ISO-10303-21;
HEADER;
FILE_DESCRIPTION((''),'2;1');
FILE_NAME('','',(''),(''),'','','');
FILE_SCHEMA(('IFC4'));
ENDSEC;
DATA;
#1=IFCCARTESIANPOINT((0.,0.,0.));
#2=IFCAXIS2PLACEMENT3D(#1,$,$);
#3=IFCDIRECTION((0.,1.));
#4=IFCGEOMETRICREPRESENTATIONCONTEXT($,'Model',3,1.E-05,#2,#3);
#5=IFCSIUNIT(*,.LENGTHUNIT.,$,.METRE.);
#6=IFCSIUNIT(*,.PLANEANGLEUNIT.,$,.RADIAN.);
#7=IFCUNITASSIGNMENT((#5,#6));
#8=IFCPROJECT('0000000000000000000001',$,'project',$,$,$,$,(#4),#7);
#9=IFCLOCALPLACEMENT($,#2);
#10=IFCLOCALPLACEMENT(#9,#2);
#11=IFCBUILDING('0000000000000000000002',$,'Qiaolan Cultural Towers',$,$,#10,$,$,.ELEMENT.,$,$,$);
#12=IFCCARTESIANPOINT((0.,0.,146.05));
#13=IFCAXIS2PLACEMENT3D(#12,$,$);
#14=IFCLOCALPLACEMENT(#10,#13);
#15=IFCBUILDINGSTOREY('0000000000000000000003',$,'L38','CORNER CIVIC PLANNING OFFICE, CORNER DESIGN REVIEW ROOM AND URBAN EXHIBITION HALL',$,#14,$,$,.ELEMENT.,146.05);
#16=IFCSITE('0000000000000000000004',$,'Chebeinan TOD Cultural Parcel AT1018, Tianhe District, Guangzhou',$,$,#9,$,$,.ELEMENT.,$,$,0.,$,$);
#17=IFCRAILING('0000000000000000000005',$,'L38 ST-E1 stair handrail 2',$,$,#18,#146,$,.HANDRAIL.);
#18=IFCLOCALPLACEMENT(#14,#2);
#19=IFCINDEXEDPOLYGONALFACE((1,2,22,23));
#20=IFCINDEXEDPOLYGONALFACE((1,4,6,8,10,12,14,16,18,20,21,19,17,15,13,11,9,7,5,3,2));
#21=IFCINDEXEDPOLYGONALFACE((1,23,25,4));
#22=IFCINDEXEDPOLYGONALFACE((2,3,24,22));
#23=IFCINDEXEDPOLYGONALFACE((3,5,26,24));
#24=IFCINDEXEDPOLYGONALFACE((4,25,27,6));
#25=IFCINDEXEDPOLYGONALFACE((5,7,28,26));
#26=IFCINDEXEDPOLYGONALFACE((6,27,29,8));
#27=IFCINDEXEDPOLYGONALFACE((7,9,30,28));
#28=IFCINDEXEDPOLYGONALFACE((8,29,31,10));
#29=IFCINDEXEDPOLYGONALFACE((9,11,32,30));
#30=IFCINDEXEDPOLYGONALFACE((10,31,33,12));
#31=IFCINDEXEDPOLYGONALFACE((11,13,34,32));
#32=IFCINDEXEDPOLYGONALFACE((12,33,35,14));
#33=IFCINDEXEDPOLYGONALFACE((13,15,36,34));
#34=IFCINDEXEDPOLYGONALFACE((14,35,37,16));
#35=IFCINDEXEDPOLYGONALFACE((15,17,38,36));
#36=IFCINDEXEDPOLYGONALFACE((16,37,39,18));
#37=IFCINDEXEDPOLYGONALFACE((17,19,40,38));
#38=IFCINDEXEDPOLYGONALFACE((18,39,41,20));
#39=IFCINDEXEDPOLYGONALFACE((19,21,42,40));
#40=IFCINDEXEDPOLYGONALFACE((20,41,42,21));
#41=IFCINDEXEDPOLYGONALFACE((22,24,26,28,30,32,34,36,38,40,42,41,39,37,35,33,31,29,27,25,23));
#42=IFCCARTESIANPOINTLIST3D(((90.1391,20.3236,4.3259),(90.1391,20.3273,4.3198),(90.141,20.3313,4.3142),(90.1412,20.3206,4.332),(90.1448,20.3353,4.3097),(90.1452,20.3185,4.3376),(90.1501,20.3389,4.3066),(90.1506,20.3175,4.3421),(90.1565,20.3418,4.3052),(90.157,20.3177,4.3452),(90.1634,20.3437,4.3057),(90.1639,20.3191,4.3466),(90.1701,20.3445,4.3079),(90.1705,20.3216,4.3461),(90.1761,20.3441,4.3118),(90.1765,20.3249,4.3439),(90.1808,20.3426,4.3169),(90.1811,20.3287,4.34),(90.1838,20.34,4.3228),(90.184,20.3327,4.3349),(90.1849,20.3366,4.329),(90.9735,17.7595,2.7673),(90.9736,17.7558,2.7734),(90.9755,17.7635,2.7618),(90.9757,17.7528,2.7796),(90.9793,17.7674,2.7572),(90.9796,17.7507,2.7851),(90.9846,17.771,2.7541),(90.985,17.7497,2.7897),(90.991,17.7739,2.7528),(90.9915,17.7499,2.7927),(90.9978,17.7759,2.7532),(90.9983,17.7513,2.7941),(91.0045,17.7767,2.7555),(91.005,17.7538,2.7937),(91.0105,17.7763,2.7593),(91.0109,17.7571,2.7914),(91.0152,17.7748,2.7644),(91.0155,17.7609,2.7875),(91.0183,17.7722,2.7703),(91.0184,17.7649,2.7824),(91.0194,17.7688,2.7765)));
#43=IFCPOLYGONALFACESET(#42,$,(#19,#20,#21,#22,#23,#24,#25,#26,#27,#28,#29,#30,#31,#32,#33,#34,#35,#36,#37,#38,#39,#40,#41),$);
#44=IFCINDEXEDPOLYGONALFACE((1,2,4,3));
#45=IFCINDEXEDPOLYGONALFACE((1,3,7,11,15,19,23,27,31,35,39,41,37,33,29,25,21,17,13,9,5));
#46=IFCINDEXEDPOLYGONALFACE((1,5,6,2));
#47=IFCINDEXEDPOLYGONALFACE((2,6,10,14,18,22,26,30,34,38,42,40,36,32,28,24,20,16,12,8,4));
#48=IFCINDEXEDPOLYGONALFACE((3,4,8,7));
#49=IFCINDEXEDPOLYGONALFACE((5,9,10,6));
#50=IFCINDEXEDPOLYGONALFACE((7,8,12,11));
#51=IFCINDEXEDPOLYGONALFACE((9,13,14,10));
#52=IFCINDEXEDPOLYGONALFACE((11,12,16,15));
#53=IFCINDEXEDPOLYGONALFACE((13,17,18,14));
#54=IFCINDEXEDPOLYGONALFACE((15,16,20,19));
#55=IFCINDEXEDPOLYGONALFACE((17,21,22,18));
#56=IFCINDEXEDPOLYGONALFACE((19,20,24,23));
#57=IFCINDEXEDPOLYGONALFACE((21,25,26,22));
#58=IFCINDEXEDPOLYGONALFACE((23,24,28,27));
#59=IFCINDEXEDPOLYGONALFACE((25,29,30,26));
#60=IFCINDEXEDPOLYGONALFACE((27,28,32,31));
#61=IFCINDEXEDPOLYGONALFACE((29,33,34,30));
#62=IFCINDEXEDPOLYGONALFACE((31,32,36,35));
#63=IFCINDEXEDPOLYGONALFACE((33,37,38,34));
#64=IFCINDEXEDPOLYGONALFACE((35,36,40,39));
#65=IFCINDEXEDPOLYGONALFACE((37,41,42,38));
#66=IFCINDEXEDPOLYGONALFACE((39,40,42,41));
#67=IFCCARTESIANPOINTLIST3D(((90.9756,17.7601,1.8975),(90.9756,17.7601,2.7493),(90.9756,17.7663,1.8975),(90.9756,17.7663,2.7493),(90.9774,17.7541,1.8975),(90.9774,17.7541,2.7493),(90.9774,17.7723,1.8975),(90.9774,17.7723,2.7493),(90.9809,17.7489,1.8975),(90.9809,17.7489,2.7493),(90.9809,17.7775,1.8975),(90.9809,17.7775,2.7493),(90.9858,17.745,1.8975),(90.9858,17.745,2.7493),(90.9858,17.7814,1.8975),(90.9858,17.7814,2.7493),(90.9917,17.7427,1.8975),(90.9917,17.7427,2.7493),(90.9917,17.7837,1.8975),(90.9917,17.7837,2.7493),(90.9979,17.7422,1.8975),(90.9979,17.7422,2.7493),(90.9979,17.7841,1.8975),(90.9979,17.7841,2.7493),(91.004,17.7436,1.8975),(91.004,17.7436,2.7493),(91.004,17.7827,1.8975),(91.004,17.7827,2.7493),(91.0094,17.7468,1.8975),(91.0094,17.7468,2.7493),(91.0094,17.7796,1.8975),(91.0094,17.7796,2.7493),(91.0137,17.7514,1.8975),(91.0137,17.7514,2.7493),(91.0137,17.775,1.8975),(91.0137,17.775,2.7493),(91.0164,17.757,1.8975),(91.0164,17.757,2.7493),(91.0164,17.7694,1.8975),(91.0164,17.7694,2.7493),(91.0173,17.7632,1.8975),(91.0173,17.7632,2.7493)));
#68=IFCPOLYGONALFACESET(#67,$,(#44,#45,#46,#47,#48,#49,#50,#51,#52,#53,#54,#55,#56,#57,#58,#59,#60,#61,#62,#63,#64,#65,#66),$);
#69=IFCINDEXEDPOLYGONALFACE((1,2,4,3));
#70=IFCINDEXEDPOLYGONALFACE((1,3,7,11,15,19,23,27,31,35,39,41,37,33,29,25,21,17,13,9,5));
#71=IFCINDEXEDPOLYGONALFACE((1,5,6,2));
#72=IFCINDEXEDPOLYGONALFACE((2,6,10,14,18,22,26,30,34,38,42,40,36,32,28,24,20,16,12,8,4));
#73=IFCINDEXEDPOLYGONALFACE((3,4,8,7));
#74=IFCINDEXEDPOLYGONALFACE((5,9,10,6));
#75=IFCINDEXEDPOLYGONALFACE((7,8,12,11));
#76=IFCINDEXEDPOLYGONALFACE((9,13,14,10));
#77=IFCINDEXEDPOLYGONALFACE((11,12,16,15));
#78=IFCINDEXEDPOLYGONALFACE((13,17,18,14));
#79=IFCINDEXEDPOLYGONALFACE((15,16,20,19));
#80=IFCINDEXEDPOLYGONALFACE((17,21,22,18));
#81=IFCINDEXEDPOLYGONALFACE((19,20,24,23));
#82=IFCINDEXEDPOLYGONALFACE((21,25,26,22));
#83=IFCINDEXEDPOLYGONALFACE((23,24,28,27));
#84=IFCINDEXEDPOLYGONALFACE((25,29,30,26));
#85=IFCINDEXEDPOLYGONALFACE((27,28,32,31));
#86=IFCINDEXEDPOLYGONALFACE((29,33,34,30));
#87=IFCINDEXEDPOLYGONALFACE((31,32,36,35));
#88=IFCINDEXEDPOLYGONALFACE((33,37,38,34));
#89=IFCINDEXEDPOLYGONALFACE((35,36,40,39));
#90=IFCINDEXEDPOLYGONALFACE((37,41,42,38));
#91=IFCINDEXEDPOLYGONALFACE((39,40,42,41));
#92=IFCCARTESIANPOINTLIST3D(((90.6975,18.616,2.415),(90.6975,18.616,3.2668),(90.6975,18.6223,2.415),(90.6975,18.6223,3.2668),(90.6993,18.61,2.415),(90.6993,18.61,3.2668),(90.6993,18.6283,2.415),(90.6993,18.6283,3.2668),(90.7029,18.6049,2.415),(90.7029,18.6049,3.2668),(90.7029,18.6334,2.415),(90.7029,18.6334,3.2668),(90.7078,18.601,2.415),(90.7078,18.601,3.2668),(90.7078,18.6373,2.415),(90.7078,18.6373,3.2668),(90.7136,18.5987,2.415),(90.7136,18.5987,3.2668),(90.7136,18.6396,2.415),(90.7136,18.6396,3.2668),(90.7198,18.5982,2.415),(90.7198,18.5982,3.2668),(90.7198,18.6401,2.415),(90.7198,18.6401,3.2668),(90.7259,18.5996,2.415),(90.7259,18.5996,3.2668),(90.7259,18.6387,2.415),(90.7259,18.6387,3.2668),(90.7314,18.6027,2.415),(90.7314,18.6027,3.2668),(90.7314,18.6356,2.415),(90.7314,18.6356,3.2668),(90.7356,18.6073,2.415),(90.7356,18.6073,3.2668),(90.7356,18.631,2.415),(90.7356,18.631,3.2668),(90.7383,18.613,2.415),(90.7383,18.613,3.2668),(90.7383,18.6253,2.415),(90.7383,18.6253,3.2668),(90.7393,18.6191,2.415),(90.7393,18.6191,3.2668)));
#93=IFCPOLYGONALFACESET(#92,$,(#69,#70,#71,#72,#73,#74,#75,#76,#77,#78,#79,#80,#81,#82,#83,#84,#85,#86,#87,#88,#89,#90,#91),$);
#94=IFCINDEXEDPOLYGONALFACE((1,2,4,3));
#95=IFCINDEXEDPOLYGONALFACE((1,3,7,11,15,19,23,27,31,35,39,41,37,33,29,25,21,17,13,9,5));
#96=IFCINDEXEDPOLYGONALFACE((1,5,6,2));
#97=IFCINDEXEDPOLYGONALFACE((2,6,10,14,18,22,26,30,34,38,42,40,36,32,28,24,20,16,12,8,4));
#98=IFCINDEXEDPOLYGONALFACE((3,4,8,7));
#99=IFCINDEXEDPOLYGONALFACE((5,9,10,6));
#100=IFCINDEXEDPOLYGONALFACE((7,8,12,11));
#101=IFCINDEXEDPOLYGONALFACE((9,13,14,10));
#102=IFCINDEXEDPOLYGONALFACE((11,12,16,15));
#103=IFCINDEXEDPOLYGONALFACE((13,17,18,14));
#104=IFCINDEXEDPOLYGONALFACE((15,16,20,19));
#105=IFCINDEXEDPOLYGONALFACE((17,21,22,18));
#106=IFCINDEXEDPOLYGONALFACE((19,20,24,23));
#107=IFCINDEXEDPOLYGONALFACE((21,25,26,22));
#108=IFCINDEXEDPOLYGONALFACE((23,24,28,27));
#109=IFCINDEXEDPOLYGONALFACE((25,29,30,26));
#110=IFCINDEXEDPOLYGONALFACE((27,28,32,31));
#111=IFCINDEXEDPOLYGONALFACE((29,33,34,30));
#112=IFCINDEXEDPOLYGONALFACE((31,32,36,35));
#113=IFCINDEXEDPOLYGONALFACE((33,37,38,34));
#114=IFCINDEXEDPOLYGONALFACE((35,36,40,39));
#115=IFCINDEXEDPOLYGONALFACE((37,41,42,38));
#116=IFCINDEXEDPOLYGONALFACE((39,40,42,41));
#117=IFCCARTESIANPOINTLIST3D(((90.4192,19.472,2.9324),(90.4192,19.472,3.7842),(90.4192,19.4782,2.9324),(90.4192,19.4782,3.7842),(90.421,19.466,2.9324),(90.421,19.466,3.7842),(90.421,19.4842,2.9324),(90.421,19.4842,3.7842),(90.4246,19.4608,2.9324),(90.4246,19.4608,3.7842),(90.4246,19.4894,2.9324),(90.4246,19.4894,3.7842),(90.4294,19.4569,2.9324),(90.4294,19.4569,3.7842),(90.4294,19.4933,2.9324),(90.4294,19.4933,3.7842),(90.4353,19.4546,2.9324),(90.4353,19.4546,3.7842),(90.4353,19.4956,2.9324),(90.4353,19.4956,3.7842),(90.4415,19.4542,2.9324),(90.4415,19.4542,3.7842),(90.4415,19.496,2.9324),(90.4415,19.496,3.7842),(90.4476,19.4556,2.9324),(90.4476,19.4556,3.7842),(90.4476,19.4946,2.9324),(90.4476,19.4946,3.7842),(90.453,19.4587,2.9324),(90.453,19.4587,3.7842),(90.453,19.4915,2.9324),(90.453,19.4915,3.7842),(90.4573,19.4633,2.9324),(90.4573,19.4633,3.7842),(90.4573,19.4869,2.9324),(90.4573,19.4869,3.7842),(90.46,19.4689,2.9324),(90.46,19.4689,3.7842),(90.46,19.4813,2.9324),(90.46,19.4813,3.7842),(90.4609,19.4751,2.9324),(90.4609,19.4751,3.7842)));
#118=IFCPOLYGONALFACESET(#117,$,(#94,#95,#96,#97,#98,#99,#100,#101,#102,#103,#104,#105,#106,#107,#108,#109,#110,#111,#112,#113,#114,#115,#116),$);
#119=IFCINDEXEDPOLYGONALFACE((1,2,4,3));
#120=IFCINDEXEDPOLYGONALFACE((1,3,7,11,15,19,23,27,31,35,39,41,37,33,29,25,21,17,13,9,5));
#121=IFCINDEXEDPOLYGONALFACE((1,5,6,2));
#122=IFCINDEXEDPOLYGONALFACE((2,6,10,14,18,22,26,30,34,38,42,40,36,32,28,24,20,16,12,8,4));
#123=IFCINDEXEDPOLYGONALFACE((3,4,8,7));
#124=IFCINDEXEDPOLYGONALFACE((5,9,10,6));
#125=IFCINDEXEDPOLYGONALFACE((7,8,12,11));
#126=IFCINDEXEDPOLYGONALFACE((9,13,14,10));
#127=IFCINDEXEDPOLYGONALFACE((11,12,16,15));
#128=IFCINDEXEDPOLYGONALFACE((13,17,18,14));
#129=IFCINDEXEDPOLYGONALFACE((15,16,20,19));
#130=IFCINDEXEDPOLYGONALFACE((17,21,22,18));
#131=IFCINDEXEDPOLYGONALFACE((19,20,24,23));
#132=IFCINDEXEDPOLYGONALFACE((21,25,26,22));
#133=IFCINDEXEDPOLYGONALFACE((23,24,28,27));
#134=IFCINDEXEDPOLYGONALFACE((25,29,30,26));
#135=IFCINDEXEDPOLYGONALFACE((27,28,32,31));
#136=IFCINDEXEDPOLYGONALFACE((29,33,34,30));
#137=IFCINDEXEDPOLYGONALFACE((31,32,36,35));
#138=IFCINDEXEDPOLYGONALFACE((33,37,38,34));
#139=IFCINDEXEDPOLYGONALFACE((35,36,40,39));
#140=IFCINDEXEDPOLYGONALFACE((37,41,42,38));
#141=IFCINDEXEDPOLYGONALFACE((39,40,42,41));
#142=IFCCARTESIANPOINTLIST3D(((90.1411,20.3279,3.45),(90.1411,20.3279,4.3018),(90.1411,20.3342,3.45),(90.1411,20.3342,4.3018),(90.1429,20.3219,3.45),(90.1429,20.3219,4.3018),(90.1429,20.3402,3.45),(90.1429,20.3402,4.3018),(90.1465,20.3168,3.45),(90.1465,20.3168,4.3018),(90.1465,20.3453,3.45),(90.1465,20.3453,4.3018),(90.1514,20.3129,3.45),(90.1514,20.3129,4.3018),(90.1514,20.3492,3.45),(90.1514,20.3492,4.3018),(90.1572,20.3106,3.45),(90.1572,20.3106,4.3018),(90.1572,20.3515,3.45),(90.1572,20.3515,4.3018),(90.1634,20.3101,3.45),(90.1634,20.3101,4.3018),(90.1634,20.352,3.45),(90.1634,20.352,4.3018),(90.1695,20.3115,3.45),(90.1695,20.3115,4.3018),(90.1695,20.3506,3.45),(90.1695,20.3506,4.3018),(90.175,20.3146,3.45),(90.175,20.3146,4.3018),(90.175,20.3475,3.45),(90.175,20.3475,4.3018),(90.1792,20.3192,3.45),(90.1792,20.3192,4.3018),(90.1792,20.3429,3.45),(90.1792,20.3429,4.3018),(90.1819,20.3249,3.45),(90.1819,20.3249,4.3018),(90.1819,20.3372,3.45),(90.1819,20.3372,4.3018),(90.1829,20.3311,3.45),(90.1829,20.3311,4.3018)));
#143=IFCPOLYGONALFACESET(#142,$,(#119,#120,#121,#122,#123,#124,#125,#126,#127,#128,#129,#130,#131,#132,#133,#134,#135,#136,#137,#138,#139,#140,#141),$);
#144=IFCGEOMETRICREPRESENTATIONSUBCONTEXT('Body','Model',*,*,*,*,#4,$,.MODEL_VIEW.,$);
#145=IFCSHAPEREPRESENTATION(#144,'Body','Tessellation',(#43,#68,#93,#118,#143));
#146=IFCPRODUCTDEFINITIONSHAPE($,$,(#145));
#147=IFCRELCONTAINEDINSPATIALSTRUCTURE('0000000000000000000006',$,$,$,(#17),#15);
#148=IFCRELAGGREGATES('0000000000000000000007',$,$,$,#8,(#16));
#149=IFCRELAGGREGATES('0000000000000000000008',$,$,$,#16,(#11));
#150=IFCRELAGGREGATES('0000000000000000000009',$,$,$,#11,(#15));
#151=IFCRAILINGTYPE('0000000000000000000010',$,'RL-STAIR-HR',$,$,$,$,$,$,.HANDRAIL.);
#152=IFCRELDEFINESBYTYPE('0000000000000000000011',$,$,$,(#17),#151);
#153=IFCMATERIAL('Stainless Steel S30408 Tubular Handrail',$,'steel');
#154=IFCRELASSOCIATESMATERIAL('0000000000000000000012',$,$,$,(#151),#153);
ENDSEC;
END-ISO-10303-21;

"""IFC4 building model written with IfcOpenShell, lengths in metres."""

from ifc_helpers import new_model, si_unit, direction, frame, origin, origin_2d, place, context, subcontext, project, spatial, circle, extrude, material, type_object, element, save


model = new_model("IFC4")

# Units and contexts
model_context = context("Model", 3, precision=1e-05, world=origin(), true_north=direction((0.0, 1.0)))
body_context = subcontext(model_context, "Body", "Model", "MODEL_VIEW")
ifc_project = project(units=[si_unit("LENGTHUNIT", "METRE"), si_unit("PLANEANGLEUNIT", "RADIAN")], contexts=[model_context])

# Site, building, storey
site_placement = place(None, origin())
site = spatial("IfcSite", under=ifc_project, at=site_placement, Name="Chebeinan TOD Cultural Parcel AT1018, Tianhe District, Guangzhou", CompositionType="ELEMENT", RefElevation=0.0)
building_placement = place(site_placement, origin())
building = spatial("IfcBuilding", under=site, at=building_placement, Name="Qiaolan Cultural Towers", CompositionType="ELEMENT")
storey_placement = place(building_placement, frame((0.0, 0.0, 146.05)))
storey = spatial("IfcBuildingStorey", under=building, at=storey_placement, Name="L38", Description="CORNER CIVIC PLANNING OFFICE, CORNER DESIGN REVIEW ROOM AND URBAN EXHIBITION HALL", CompositionType="ELEMENT", Elevation=146.05)

# Railing
ifc_material_1 = material(Name="Stainless Steel S30408 Tubular Handrail", Category="steel")
railing_type_1 = type_object("IfcRailingType", Name="RL-STAIR-HR", PredefinedType="HANDRAIL", material=ifc_material_1)
railing_1_placement = place(storey_placement, frame((90.9963, 17.7632, 1.8975)))
element("IfcRailing", 1, at=railing_1_placement, inside=storey, type_object=railing_type_1, Name="L38 ST-E1 stair handrail 2", PredefinedType="HANDRAIL", context=body_context, shape_type="SweptSolid", body=[
    extrude(circle(Radius=0.0239, at=origin_2d()), frame((0.0, 0.0, 0.876), z_axis=(-0.267926, 0.824471, 0.498461), x_axis=(-0.951043, -0.309057, 0.0)), (0.0, 0.0, 1.0), 3.1145),
    extrude(circle(Radius=0.021, at=origin_2d()), origin(), (0.0, 0.0, 1.0), 0.8518),
    extrude(circle(Radius=0.021, at=origin_2d()), frame((-0.2781, 0.856, 0.5176)), (0.0, 0.0, 1.0), 0.8518),
    extrude(circle(Radius=0.021, at=origin_2d()), frame((-0.5564, 1.7119, 1.0349)), (0.0, 0.0, 1.0), 0.8518),
    extrude(circle(Radius=0.021, at=origin_2d()), frame((-0.8345, 2.5679, 1.5525)), (0.0, 0.0, 1.0), 0.8518),
])

save(model, "model.ifc")
